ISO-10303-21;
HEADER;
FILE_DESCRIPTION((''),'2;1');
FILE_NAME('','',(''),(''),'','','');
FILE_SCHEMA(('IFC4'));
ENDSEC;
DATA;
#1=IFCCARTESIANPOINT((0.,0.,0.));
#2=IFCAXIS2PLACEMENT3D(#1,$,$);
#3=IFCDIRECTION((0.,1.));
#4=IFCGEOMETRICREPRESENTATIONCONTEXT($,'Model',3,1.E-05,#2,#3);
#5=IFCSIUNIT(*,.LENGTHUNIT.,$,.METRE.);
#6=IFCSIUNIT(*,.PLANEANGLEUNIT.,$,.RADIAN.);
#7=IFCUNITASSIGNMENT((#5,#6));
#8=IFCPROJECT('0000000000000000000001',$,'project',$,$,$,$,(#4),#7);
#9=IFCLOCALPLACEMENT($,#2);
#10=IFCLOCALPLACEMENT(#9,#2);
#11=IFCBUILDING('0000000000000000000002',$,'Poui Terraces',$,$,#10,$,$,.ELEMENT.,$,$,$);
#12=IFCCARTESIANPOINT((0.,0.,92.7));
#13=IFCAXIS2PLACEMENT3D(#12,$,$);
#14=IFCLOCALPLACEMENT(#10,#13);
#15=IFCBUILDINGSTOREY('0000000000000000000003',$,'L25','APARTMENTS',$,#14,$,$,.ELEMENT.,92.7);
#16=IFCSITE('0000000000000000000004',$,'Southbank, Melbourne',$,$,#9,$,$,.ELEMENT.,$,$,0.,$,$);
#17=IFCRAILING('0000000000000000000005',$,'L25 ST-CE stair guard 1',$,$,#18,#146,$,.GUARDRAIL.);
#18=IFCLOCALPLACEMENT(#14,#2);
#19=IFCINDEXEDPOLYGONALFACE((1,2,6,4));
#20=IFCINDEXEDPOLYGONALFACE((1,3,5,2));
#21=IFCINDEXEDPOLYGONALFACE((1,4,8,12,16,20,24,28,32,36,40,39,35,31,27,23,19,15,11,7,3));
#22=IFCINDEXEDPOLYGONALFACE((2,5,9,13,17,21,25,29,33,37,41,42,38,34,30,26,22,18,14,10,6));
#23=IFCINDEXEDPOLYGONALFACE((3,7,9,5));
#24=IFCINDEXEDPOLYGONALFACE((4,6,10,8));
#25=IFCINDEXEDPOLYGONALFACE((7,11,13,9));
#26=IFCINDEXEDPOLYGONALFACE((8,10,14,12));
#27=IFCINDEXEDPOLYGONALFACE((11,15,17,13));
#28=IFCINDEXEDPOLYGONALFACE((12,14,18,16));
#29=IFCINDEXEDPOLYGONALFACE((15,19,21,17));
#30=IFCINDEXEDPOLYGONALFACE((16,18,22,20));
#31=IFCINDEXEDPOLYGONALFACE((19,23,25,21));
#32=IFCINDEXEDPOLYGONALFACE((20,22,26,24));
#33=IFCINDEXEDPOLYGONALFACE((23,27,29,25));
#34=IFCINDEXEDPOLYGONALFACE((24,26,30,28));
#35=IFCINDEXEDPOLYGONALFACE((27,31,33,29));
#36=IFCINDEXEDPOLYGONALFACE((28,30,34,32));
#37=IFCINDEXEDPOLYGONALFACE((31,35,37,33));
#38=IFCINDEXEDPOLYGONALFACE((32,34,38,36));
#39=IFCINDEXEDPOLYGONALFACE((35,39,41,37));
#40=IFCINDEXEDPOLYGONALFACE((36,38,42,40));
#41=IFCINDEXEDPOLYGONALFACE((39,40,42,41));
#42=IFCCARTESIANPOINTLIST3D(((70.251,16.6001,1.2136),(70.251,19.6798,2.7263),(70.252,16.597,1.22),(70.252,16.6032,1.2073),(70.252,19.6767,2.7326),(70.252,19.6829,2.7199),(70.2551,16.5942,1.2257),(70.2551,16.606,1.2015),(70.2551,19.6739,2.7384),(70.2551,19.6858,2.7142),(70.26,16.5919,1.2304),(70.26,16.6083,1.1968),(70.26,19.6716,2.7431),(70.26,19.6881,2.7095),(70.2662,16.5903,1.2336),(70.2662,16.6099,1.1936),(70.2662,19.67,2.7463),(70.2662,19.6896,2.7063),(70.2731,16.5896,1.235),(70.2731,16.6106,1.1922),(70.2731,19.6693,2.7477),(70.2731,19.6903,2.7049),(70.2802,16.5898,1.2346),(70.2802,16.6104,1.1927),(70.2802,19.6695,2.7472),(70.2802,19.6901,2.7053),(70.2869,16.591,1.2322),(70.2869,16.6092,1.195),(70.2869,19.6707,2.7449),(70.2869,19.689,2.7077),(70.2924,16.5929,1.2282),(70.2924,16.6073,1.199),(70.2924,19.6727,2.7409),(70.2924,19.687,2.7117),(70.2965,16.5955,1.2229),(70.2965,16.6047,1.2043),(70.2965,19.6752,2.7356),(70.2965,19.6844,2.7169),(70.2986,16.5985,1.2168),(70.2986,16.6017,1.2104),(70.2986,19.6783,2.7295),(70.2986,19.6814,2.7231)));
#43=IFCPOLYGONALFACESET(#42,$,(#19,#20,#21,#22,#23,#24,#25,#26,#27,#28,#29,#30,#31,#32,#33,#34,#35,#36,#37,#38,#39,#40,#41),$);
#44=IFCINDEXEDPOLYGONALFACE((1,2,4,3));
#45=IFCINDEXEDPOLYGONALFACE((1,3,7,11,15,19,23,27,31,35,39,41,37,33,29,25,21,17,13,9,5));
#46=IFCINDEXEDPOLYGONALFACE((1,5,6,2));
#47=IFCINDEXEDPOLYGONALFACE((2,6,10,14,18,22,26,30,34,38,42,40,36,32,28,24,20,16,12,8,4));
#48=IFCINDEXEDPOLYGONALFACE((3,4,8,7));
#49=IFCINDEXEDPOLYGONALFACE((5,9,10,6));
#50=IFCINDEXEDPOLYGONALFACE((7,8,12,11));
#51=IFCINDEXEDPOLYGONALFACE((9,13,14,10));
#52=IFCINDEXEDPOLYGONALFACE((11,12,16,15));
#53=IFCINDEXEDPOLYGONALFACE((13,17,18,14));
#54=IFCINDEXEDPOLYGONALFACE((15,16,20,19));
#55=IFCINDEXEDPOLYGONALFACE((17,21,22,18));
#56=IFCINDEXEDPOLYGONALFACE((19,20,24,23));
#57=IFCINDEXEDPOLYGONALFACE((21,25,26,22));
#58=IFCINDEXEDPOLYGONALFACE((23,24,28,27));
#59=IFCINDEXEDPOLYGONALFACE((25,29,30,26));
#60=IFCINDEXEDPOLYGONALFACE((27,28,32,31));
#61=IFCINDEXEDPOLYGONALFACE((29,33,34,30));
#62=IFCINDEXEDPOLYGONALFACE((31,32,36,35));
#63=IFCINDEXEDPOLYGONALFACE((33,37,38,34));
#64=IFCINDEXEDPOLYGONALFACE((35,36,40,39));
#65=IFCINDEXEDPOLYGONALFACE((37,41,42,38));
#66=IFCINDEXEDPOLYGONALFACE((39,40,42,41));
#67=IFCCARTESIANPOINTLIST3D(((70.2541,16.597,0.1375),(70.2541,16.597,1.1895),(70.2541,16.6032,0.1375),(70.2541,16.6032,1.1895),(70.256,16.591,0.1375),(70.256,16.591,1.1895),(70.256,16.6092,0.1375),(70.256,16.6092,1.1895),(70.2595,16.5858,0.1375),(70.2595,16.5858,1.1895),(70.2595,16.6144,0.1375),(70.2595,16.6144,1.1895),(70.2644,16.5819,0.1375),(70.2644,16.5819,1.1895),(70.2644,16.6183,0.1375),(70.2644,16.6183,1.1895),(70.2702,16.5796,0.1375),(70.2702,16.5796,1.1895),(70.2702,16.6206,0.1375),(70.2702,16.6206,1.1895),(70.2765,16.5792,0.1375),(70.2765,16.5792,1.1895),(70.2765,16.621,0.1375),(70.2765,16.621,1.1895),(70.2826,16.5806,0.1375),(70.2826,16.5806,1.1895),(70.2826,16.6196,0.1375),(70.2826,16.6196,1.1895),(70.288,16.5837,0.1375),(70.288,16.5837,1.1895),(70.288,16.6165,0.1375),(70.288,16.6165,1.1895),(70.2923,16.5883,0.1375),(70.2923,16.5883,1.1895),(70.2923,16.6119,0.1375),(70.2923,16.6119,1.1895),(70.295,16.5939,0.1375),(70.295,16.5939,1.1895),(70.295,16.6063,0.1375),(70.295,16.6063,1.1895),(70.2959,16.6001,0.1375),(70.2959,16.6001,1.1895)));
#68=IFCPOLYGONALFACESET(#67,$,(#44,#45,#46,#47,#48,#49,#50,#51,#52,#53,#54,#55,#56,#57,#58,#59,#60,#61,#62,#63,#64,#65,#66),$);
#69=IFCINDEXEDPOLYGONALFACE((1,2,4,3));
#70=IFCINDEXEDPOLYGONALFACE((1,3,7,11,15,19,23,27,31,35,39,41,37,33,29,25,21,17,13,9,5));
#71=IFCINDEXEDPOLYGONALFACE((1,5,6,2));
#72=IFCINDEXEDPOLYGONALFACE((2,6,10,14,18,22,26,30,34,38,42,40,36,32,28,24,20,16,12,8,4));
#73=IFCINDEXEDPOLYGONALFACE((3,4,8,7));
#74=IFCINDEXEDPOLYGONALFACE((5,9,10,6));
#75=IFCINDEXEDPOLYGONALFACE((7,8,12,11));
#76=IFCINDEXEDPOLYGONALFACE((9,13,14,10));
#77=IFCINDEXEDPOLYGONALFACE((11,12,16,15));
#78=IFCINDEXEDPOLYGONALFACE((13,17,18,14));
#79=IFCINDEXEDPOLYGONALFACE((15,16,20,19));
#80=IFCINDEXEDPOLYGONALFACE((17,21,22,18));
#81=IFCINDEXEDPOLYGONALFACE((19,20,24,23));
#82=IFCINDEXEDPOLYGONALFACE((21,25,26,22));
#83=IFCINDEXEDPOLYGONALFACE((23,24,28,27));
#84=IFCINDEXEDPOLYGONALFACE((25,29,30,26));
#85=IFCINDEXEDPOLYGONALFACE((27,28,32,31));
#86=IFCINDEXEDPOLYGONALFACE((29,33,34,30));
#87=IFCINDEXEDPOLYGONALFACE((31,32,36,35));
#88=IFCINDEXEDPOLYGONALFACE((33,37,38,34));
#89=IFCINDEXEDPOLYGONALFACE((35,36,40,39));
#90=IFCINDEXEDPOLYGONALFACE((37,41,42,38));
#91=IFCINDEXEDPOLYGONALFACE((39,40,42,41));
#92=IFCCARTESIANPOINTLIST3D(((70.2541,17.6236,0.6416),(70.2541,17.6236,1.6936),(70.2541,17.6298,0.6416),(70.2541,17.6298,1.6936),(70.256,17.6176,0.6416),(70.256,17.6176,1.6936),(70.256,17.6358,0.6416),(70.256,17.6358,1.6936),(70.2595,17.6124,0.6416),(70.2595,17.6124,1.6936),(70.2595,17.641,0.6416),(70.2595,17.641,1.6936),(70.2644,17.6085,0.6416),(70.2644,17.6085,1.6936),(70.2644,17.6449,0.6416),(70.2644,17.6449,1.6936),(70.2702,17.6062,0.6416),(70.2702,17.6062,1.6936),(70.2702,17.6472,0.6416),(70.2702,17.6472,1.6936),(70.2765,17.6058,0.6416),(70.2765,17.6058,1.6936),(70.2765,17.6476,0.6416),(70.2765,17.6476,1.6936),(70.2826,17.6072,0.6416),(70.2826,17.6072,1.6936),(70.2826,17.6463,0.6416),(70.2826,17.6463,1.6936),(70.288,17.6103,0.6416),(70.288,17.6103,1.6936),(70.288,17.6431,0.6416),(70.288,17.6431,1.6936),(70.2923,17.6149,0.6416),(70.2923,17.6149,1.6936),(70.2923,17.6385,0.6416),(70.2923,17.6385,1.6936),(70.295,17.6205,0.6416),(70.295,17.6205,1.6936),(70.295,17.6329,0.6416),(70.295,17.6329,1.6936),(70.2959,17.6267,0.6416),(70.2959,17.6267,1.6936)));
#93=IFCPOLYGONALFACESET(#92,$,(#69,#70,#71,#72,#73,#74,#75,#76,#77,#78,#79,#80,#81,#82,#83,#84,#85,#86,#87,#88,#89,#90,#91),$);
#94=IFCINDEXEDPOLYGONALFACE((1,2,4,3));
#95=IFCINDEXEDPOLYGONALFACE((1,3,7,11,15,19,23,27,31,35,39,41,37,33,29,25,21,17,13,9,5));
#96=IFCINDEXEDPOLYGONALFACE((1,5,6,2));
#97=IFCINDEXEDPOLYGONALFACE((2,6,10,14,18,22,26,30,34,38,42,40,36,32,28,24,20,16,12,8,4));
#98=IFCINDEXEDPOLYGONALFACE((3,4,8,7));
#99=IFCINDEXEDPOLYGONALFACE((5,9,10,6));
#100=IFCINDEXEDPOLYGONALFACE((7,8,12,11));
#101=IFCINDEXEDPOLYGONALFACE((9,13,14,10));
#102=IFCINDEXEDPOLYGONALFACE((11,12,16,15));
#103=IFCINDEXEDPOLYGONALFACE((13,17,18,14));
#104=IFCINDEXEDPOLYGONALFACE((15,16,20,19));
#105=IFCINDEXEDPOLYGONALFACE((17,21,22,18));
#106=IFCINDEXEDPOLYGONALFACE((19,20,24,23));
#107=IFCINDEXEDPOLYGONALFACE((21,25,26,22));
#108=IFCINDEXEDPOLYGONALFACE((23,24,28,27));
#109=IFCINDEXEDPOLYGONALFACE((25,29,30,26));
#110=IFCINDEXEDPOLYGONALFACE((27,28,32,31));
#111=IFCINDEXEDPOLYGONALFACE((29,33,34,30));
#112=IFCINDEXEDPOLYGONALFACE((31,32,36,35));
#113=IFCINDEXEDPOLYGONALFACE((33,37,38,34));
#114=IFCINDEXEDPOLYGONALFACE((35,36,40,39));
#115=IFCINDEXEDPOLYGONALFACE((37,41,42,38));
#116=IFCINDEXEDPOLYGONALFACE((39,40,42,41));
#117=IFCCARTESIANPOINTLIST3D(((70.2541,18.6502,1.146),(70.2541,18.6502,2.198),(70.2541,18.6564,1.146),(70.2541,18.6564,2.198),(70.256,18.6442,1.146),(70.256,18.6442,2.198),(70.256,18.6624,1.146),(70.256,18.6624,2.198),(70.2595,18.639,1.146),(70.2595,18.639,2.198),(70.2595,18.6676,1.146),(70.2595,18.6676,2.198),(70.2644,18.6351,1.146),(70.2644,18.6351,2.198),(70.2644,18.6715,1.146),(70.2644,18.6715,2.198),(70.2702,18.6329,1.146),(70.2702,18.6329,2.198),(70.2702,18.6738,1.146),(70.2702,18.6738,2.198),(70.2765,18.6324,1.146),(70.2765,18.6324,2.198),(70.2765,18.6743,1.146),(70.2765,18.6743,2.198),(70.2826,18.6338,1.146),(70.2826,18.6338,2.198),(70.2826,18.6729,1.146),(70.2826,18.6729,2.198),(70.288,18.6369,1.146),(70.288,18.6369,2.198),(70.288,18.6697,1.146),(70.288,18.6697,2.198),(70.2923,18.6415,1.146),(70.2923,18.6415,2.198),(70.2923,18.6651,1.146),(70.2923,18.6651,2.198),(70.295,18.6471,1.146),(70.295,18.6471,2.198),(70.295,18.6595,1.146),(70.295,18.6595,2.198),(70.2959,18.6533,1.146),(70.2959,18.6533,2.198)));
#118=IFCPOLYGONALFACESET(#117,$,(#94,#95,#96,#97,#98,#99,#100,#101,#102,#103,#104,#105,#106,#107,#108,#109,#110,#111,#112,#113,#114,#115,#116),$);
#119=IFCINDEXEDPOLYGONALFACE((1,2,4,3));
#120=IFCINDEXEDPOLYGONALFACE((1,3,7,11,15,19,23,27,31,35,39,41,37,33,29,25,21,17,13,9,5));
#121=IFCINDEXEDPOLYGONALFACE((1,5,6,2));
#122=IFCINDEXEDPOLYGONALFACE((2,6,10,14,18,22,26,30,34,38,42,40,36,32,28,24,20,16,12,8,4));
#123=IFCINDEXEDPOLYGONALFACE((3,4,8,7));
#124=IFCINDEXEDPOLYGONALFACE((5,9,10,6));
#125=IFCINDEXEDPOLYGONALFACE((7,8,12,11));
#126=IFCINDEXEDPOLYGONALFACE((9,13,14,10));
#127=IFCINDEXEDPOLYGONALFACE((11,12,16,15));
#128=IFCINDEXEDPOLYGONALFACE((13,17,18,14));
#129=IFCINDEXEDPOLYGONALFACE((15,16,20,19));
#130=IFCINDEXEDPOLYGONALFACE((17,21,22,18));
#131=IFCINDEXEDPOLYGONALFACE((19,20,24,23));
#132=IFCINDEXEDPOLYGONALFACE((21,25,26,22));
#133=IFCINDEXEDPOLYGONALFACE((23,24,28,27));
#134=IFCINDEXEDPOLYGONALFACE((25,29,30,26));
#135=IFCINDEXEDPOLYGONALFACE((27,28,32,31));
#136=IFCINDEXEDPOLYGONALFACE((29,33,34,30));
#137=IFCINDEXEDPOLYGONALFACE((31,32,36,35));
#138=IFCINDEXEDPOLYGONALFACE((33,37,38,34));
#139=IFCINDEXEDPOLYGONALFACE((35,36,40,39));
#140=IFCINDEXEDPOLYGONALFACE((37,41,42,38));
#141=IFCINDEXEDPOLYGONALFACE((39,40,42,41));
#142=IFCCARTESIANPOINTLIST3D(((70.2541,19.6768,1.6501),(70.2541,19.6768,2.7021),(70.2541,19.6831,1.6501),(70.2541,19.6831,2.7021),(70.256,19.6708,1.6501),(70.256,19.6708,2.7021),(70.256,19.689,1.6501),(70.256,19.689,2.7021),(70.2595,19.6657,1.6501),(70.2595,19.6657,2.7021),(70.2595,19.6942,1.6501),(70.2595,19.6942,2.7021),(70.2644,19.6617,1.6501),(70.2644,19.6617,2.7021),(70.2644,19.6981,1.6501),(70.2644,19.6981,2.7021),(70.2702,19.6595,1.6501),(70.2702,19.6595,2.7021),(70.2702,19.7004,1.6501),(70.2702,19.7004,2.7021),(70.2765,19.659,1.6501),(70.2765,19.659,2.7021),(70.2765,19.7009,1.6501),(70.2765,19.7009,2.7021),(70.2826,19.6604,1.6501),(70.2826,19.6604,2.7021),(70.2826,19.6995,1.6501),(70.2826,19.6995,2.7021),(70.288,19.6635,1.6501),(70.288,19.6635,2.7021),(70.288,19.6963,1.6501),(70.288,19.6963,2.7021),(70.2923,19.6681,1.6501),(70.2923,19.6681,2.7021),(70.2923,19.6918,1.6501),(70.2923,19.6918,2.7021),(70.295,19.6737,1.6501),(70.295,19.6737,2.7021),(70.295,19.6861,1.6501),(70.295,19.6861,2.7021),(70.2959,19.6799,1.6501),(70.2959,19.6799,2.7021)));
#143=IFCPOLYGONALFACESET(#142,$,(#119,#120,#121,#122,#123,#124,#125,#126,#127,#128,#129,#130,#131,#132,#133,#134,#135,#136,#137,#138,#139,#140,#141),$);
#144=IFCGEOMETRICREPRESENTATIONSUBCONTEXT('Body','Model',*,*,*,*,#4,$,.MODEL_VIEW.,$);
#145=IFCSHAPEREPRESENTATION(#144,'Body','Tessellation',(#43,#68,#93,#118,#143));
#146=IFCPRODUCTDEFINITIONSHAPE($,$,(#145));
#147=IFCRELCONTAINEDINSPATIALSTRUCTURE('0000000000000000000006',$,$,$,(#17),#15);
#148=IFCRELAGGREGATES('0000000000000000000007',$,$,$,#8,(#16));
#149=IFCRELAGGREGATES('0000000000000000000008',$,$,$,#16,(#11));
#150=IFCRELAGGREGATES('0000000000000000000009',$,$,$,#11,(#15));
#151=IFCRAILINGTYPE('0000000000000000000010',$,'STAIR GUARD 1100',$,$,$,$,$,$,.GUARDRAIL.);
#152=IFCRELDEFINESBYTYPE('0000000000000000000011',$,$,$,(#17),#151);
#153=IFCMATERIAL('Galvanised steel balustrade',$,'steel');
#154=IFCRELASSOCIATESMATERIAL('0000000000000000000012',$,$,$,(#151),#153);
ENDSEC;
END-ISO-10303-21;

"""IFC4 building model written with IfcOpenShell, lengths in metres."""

from ifc_helpers import new_model, si_unit, direction, frame, origin, origin_2d, place, context, subcontext, project, spatial, circle, extrude, material, type_object, element, save


model = new_model("IFC4")

# Units and contexts
model_context = context("Model", 3, precision=1e-05, world=origin(), true_north=direction((0.0, 1.0)))
body_context = subcontext(model_context, "Body", "Model", "MODEL_VIEW")
ifc_project = project(units=[si_unit("LENGTHUNIT", "METRE"), si_unit("PLANEANGLEUNIT", "RADIAN")], contexts=[model_context])

# Site, building, storey
site_placement = place(None, origin())
site = spatial("IfcSite", under=ifc_project, at=site_placement, Name="Southbank, Melbourne", CompositionType="ELEMENT", RefElevation=0.0)
building_placement = place(site_placement, origin())
building = spatial("IfcBuilding", under=site, at=building_placement, Name="Poui Terraces", CompositionType="ELEMENT")
storey_placement = place(building_placement, frame((0.0, 0.0, 92.7)))
storey = spatial("IfcBuildingStorey", under=building, at=storey_placement, Name="L25", Description="APARTMENTS", CompositionType="ELEMENT", Elevation=92.7)

# Railing
ifc_material_1 = material(Name="Galvanised steel balustrade", Category="steel")
railing_type_1 = type_object("IfcRailingType", Name="STAIR GUARD 1100", PredefinedType="GUARDRAIL", material=ifc_material_1)
for number, where, name in (
    (1, (70.2749, 16.6001, 0.1375), "L25 ST-CE stair guard 1"),
):
    element("IfcRailing", number, at=place(storey_placement, frame(where)), inside=storey, type_object=railing_type_1, Name=name, PredefinedType="GUARDRAIL", context=body_context, shape_type="SweptSolid", body=[
        extrude(circle(Radius=0.0239, at=origin_2d()), frame((0.0, 0.0, 1.0762), z_axis=(0.0, 0.897578, 0.440856), x_axis=(-1.0, 0.0, 0.0)), (0.0, 0.0, 1.0), 3.4312),
        extrude(circle(Radius=0.021, at=origin_2d()), origin(), (0.0, 0.0, 1.0), 1.052),
        extrude(circle(Radius=0.021, at=origin_2d()), frame((0.0, 1.0266, 0.5042)), (0.0, 0.0, 1.0), 1.052),
        extrude(circle(Radius=0.021, at=origin_2d()), frame((0.0, 2.0532, 1.0085)), (0.0, 0.0, 1.0), 1.052),
        extrude(circle(Radius=0.021, at=origin_2d()), frame((0.0, 3.0798, 1.5127)), (0.0, 0.0, 1.0), 1.052),
    ])

save(model, "model.ifc")
